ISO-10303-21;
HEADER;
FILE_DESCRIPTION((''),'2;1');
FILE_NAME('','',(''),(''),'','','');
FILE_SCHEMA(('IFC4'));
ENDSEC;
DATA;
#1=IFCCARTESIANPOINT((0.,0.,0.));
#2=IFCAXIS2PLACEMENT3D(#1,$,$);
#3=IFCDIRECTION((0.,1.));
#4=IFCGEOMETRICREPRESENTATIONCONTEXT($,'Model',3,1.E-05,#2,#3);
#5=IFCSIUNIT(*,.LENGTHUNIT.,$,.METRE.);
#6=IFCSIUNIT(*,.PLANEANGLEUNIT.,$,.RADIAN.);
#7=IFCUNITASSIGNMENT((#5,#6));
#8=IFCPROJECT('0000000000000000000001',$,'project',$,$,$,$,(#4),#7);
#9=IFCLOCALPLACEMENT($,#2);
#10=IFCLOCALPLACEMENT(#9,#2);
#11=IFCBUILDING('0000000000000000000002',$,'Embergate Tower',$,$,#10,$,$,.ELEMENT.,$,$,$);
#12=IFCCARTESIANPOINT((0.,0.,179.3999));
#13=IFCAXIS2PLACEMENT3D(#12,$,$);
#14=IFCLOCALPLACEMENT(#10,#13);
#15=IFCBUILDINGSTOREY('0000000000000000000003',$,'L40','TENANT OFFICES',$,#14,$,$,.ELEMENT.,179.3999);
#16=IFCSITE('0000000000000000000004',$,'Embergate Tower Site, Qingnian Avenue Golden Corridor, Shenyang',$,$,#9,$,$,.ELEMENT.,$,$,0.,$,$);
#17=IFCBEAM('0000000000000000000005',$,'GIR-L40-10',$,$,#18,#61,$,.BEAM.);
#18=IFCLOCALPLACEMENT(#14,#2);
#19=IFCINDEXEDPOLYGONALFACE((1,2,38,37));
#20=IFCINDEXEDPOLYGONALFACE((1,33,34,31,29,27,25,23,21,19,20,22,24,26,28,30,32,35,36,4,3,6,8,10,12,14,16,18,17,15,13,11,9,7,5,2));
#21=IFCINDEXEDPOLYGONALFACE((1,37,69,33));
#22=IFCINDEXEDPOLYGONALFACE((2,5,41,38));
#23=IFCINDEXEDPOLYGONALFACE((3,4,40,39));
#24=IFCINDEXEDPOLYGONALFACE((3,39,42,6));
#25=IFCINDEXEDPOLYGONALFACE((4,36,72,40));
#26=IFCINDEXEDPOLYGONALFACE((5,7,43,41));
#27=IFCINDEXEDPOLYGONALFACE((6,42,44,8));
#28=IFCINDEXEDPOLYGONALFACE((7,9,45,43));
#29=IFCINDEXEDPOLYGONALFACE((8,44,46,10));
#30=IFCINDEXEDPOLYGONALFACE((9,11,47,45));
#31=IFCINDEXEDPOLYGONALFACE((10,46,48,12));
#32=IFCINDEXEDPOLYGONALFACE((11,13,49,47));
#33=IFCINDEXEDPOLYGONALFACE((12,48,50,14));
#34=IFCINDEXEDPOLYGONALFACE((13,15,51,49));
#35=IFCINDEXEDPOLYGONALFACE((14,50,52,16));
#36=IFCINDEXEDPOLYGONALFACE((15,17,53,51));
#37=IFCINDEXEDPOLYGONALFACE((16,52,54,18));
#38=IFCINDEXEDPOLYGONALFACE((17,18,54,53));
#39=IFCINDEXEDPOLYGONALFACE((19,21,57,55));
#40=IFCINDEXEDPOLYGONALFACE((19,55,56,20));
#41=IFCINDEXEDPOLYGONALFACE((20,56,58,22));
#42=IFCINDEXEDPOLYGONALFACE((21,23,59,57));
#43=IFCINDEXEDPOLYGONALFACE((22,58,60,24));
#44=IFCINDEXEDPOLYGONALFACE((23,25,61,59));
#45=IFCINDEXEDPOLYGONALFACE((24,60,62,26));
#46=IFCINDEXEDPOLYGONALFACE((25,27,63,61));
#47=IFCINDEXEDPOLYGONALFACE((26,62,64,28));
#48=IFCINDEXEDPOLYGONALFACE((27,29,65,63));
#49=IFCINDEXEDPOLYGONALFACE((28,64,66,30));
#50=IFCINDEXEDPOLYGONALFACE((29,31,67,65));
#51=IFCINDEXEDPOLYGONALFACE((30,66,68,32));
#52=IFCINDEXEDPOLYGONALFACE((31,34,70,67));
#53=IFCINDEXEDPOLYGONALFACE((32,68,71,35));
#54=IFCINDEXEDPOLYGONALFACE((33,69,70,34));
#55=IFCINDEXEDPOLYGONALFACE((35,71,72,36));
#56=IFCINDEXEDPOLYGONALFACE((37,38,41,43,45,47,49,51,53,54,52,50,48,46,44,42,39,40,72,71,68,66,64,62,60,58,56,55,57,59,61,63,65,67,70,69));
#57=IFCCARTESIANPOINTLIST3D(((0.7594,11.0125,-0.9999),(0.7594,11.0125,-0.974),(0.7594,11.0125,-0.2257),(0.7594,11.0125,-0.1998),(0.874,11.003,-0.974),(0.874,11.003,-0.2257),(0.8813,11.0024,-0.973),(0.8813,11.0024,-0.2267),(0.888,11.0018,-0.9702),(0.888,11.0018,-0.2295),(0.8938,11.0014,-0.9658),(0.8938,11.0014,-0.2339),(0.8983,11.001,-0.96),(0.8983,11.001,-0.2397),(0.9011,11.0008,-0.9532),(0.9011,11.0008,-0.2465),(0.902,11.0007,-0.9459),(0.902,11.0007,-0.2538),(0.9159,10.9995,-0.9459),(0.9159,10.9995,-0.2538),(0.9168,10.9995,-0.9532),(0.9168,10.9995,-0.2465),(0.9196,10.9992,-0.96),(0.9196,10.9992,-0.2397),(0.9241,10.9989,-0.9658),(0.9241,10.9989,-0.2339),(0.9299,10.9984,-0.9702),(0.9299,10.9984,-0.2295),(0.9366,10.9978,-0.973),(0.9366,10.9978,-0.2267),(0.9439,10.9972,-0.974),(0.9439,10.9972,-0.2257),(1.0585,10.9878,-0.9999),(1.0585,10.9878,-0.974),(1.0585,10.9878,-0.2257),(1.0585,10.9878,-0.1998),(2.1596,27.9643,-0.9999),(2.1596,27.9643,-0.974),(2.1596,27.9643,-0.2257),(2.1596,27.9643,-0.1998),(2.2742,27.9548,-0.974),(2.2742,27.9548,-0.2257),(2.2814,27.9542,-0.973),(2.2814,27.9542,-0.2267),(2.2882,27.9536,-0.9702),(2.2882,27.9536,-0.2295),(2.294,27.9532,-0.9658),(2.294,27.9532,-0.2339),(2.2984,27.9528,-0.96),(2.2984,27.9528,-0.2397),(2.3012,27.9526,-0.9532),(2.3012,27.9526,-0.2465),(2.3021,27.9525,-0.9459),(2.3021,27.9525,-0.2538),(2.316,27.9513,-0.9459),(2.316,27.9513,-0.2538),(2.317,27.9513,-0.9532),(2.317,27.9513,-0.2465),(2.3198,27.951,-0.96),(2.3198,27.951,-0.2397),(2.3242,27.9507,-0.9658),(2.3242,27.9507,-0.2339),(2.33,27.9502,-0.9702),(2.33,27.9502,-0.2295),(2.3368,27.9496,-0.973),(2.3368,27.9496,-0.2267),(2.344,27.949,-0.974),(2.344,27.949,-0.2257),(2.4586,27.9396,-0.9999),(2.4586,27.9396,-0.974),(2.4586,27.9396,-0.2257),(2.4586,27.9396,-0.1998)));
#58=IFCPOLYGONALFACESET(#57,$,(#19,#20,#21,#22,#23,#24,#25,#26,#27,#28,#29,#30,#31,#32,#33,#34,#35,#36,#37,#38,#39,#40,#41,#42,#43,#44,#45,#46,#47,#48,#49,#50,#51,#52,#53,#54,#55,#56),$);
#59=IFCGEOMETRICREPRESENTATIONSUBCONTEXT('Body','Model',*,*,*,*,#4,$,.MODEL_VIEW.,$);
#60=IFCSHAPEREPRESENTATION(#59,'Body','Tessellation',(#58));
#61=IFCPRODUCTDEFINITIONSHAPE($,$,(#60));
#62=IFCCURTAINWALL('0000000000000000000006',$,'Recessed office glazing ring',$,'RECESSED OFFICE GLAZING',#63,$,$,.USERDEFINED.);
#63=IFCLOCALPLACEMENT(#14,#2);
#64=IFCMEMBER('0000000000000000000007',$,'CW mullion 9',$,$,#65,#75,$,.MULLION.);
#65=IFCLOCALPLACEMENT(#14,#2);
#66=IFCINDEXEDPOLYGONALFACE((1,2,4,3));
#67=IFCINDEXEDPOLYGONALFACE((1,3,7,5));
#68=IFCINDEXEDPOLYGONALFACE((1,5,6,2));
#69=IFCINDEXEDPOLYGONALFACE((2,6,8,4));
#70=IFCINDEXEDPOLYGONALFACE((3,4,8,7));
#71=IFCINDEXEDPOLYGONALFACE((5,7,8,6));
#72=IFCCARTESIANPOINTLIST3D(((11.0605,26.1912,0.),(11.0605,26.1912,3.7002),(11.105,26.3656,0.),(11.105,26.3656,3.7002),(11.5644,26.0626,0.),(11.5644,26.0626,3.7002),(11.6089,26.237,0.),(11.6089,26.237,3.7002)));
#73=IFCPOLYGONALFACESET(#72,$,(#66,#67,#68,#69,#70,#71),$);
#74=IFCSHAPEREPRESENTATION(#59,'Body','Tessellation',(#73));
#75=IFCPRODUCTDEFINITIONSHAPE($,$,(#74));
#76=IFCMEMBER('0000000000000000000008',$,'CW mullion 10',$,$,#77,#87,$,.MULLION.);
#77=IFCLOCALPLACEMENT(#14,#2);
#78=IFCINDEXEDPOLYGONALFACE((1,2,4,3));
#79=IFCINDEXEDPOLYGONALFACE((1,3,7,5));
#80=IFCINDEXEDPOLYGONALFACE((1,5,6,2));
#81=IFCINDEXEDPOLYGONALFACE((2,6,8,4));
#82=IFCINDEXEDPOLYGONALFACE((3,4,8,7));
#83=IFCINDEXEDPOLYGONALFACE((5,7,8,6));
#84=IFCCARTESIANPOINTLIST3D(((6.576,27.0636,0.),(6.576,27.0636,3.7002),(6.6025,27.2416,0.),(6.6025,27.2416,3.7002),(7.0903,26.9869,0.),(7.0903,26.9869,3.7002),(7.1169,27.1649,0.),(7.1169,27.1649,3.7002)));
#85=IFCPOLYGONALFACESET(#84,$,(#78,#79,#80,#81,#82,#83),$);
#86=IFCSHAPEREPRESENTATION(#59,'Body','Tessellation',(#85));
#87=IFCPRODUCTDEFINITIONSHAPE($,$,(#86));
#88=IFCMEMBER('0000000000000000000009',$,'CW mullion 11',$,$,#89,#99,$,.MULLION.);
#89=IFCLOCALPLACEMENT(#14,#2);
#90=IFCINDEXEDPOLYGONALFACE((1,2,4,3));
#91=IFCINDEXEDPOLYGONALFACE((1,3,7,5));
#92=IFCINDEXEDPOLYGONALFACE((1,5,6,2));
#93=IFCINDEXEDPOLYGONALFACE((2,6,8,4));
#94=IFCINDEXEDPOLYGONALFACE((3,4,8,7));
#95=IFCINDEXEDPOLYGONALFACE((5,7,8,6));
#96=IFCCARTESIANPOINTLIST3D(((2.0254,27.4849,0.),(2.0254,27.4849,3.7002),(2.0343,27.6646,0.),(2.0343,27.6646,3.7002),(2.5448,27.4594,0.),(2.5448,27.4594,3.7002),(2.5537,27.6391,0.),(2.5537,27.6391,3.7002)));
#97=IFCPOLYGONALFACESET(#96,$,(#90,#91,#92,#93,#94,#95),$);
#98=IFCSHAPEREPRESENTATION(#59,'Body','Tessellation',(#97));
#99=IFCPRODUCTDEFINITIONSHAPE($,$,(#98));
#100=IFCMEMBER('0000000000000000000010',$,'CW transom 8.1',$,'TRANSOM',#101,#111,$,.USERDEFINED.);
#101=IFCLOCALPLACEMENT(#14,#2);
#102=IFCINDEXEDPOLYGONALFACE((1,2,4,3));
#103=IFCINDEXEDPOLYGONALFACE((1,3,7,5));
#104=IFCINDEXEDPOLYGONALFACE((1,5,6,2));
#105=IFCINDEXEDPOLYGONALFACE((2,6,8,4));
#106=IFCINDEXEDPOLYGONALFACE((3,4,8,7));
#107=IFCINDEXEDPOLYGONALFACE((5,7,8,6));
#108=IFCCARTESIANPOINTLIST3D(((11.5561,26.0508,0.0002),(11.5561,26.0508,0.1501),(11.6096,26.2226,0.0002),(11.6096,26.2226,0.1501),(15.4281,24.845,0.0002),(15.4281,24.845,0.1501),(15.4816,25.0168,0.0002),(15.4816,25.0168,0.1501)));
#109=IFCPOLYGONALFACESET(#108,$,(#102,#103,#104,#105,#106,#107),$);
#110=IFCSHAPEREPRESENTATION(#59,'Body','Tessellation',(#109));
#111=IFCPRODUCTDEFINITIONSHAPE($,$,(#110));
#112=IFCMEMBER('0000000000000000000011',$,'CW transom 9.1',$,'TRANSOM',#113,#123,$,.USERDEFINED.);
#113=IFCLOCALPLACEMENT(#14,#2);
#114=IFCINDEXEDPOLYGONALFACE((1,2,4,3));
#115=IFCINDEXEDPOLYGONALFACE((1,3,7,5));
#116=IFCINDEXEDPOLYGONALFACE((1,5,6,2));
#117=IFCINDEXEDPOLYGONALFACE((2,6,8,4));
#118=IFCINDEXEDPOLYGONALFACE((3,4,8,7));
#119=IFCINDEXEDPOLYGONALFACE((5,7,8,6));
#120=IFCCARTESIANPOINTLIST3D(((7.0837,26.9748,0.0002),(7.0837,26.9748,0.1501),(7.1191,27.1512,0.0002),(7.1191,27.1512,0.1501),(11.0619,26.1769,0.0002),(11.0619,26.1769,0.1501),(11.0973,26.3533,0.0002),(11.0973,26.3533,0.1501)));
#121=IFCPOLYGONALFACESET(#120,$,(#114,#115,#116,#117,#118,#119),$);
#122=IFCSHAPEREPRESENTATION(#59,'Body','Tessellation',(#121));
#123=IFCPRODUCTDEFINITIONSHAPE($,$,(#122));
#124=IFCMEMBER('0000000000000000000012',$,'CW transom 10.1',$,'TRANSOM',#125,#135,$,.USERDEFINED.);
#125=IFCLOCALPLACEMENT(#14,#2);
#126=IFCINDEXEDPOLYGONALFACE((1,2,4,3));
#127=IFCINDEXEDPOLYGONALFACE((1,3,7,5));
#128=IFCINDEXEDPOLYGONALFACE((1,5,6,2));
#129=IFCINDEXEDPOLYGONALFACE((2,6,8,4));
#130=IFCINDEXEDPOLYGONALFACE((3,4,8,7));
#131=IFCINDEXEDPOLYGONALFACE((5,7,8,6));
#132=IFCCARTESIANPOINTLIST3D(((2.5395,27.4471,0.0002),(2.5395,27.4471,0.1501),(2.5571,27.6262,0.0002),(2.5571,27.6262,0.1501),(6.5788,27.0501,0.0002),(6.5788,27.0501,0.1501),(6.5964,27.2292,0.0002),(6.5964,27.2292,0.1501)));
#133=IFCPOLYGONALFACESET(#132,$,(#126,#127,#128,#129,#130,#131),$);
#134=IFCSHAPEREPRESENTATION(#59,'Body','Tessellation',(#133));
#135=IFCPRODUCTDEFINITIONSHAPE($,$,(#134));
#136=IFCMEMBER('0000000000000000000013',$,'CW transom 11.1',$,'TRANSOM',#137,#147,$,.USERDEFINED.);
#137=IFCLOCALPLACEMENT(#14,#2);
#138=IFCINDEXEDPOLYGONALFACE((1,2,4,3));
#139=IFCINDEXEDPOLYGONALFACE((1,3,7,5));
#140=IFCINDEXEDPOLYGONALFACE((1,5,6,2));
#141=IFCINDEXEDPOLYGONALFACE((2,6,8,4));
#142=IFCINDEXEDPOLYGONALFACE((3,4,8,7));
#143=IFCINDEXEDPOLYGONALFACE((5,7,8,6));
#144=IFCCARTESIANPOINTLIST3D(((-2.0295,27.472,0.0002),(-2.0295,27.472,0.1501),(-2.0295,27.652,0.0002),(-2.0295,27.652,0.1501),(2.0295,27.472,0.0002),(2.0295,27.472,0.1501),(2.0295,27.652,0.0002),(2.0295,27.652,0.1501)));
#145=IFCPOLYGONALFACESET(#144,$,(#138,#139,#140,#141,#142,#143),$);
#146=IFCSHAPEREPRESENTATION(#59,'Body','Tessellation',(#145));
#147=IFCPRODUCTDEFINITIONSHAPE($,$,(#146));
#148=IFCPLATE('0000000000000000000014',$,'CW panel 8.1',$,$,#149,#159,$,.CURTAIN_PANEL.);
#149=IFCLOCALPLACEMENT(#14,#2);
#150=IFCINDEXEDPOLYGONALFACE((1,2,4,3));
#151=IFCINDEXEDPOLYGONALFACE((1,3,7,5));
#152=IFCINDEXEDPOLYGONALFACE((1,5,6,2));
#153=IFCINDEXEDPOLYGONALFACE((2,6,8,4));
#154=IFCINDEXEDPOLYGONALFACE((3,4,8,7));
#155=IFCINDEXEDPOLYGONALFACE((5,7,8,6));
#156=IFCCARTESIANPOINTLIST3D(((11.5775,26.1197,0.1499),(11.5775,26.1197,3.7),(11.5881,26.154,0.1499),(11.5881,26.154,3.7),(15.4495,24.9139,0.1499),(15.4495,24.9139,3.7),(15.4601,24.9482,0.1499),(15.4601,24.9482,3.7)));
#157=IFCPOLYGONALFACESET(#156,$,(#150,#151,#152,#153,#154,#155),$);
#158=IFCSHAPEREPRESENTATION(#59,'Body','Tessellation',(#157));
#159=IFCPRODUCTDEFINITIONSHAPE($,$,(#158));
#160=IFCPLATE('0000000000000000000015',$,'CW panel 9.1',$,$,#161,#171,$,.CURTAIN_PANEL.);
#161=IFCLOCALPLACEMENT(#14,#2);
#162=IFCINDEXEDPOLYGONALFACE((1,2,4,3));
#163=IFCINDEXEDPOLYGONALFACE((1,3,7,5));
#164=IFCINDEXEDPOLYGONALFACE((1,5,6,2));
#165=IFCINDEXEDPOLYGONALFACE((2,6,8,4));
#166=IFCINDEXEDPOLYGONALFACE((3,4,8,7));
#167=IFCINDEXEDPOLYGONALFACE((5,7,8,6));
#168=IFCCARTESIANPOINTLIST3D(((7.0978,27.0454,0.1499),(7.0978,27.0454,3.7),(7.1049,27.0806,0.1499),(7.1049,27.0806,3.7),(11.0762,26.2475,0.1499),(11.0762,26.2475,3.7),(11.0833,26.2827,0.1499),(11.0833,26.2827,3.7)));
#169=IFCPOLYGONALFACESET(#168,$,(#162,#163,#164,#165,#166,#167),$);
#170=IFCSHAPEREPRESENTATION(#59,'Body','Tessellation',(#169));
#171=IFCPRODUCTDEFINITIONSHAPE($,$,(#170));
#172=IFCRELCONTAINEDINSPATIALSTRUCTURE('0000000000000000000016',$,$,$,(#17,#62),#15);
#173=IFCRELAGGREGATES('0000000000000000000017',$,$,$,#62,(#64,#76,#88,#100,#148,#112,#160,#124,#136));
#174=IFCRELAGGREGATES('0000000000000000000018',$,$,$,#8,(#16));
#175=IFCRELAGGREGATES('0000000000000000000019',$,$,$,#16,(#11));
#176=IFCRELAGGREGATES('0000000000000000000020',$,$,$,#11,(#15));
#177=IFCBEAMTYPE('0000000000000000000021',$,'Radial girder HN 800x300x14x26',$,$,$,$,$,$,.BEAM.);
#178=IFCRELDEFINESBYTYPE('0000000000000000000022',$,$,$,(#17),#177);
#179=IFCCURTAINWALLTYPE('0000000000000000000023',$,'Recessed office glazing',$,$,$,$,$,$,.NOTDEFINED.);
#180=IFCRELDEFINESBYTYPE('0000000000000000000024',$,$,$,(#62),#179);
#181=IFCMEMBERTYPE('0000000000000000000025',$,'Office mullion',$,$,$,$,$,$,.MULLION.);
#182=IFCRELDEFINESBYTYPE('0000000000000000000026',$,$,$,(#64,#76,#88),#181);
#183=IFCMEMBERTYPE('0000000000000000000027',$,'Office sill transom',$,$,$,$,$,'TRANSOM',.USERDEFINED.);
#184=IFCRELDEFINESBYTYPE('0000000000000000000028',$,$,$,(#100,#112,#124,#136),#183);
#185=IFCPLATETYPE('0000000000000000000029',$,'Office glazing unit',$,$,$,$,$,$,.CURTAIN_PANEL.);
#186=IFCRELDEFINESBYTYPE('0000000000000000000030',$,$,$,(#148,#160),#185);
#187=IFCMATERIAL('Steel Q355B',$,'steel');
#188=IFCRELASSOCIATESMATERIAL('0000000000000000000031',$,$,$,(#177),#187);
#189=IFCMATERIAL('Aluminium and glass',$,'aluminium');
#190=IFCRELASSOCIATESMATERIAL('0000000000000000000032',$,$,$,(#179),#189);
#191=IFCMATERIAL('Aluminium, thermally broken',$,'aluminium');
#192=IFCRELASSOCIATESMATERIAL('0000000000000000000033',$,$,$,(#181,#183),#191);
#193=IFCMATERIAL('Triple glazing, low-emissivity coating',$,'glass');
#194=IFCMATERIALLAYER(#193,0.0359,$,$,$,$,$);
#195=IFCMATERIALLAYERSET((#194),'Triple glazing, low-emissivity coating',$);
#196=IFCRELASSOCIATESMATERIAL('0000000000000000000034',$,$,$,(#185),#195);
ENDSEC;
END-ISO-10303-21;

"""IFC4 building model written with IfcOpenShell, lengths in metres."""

from ifc_helpers import new_model, si_unit, direction, frame, origin, origin_2d, place, context, subcontext, project, spatial, rectangle, i_section, extrude, source, transform, mapped, material, layer, layer_set, material_profile, profile_set, type_object, element, aggregate, save


model = new_model("IFC4")

# Units and contexts
model_context = context("Model", 3, precision=1e-05, world=origin(), true_north=direction((0.0, 1.0)))
body_context = subcontext(model_context, "Body", "Model", "MODEL_VIEW")
ifc_project = project(units=[si_unit("LENGTHUNIT", "METRE"), si_unit("PLANEANGLEUNIT", "RADIAN")], contexts=[model_context])

# Site, building, storey
site_placement = place(None, origin())
site = spatial("IfcSite", under=ifc_project, at=site_placement, Name="Embergate Tower Site, Qingnian Avenue Golden Corridor, Shenyang", CompositionType="ELEMENT", RefElevation=0.0)
building_placement = place(site_placement, origin())
building = spatial("IfcBuilding", under=site, at=building_placement, Name="Embergate Tower", CompositionType="ELEMENT")
storey_placement = place(building_placement, frame((0.0, 0.0, 179.3999)))
storey = spatial("IfcBuildingStorey", under=building, at=storey_placement, Name="L40", Description="TENANT OFFICES", CompositionType="ELEMENT", Elevation=179.3999)

# Beam
ifc_material_1 = material(Name="Steel Q355B", Category="steel")
ifc_material_profile_1 = material_profile(ifc_material_1, i_section(OverallWidth=0.3, OverallDepth=0.8, WebThickness=0.0139, FlangeThickness=0.0259, FilletRadius=0.0281, at=origin_2d()), Name="HN 800x300x14x26")
ifc_profile_set_1 = profile_set([ifc_material_profile_1], Name="Steel Q355 grade B")
beam_type_1 = type_object("IfcBeamType", Name="Radial girder HN 800x300x14x26", PredefinedType="BEAM", material=ifc_profile_set_1)
shared_shape_1 = source(origin(), body_context, "Body", "SweptSolid", [
    extrude(i_section(OverallWidth=0.3, OverallDepth=0.8, WebThickness=0.0139, FlangeThickness=0.0259, FilletRadius=0.0281, at=origin_2d()), origin(), (0.0, 0.0, 1.0), 17.0095),
])
beam_1_placement = place(storey_placement, frame((2.3091, 27.9519, -0.5999), z_axis=(-0.082315, -0.996606, 0.0), x_axis=(0.996606, -0.082315, 0.0)))
element("IfcBeam", 1, at=beam_1_placement, inside=storey, type_object=beam_type_1, Name="GIR-L40-10", PredefinedType="BEAM", context=body_context, shape_type="MappedRepresentation", body=[
    mapped(shared_shape_1, transform((0.0, 0.0, 0.0))),
])

# Curtain wall, members, plates
ifc_material_2 = material(Name="Aluminium and glass", Category="aluminium")
curtain_wall_type = type_object("IfcCurtainWallType", Name="Recessed office glazing", PredefinedType="NOTDEFINED", material=ifc_material_2)
curtain_wall_placement = place(storey_placement, origin())
curtain_wall = element("IfcCurtainWall", 2, at=curtain_wall_placement, inside=storey, type_object=curtain_wall_type, Name="Recessed office glazing ring", ObjectType="RECESSED OFFICE GLAZING", PredefinedType="USERDEFINED")
ifc_material_3 = material(Name="Aluminium, thermally broken", Category="aluminium")
ifc_material_profile_2 = material_profile(ifc_material_3, rectangle(XDim=0.1799, YDim=0.52, at=origin_2d()), Name="AL 520x180")
ifc_profile_set_2 = profile_set([ifc_material_profile_2], Name="Aluminium, thermally broken")
member_type_1 = type_object("IfcMemberType", Name="Office mullion", PredefinedType="MULLION", material=ifc_profile_set_2)
shared_shape_2 = source(origin(), body_context, "Body", "SweptSolid", [
    extrude(rectangle(XDim=0.1799, YDim=0.52, at=origin_2d()), origin(), (0.0, 0.0, 1.0), 3.7002),
])
member_1_placement = place(storey_placement, frame((11.3347, 26.2141, 0.0), z_axis=(0.0, 0.0, 1.0), x_axis=(-0.247308, -0.968937, 0.0)))
member_1 = element("IfcMember", 3, at=member_1_placement, type_object=member_type_1, Name="CW mullion 9", PredefinedType="MULLION", context=body_context, shape_type="MappedRepresentation", body=[
    mapped(shared_shape_2, transform((0.0, 0.0, 0.0))),
])
member_2_placement = place(storey_placement, frame((6.8464, 27.1143, 0.0), z_axis=(0.0, 0.0, 1.0), x_axis=(-0.147409, -0.989076, 0.0)))
member_2 = element("IfcMember", 4, at=member_2_placement, type_object=member_type_1, Name="CW mullion 10", PredefinedType="MULLION", context=body_context, shape_type="MappedRepresentation", body=[
    mapped(shared_shape_2, transform((0.0, 0.0, 0.0))),
])
member_3_placement = place(storey_placement, frame((2.2896, 27.562, 0.0), z_axis=(0.0, 0.0, 1.0), x_axis=(-0.04897, -0.9988, 0.0)))
member_3 = element("IfcMember", 5, at=member_3_placement, type_object=member_type_1, Name="CW mullion 11", PredefinedType="MULLION", context=body_context, shape_type="MappedRepresentation", body=[
    mapped(shared_shape_2, transform((0.0, 0.0, 0.0))),
])
ifc_material_profile_3 = material_profile(ifc_material_3, rectangle(XDim=0.1799, YDim=0.1499, at=origin_2d()), Name="AL 150x180")
ifc_profile_set_3 = profile_set([ifc_material_profile_3], Name="Aluminium, thermally broken")
member_type_2 = type_object("IfcMemberType", Name="Office sill transom", ElementType="TRANSOM", PredefinedType="USERDEFINED", material=ifc_profile_set_3)
shared_shape_3 = source(origin(), body_context, "Body", "SweptSolid", [
    extrude(rectangle(XDim=0.1799, YDim=0.1499, at=origin_2d()), origin(), (0.0, 0.0, 1.0), 4.0554),
])
member_4_placement = place(storey_placement, frame((15.4548, 24.9309, 0.0752), z_axis=(-0.954775, 0.297329, 0.0), x_axis=(-0.297329, -0.954775, 0.0)))
member_4 = element("IfcMember", 6, at=member_4_placement, type_object=member_type_2, Name="CW transom 8.1", ObjectType="TRANSOM", PredefinedType="USERDEFINED", context=body_context, shape_type="MappedRepresentation", body=[
    mapped(shared_shape_3, transform((0.0, 0.0, 0.0))),
])
shared_shape_4 = source(origin(), body_context, "Body", "SweptSolid", [
    extrude(rectangle(XDim=0.1799, YDim=0.1499, at=origin_2d()), origin(), (0.0, 0.0, 1.0), 4.0574),
])
member_5_placement = place(storey_placement, frame((11.0796, 26.2651, 0.0752), z_axis=(-0.980476, 0.196637, 0.0), x_axis=(-0.196637, -0.980476, 0.0)))
member_5 = element("IfcMember", 7, at=member_5_placement, type_object=member_type_2, Name="CW transom 9.1", ObjectType="TRANSOM", PredefinedType="USERDEFINED", context=body_context, shape_type="MappedRepresentation", body=[
    mapped(shared_shape_4, transform((0.0, 0.0, 0.0))),
])
shared_shape_5 = source(origin(), body_context, "Body", "SweptSolid", [
    extrude(rectangle(XDim=0.1799, YDim=0.1499, at=origin_2d()), origin(), (0.0, 0.0, 1.0), 4.0588),
])
member_6_placement = place(storey_placement, frame((6.5876, 27.1396, 0.0752), z_axis=(-0.995205, 0.097806, 0.0), x_axis=(-0.097806, -0.995205, 0.0)))
member_6 = element("IfcMember", 8, at=member_6_placement, type_object=member_type_2, Name="CW transom 10.1", ObjectType="TRANSOM", PredefinedType="USERDEFINED", context=body_context, shape_type="MappedRepresentation", body=[
    mapped(shared_shape_5, transform((0.0, 0.0, 0.0))),
])
shared_shape_6 = source(origin(), body_context, "Body", "SweptSolid", [
    extrude(rectangle(XDim=0.1799, YDim=0.1499, at=origin_2d()), origin(), (0.0, 0.0, 1.0), 4.0591),
])
member_7_placement = place(storey_placement, frame((2.0295, 27.562, 0.0752), z_axis=(-1.0, 0.0, 0.0), x_axis=(0.0, -1.0, 0.0)))
member_7 = element("IfcMember", 9, at=member_7_placement, type_object=member_type_2, Name="CW transom 11.1", ObjectType="TRANSOM", PredefinedType="USERDEFINED", context=body_context, shape_type="MappedRepresentation", body=[
    mapped(shared_shape_6, transform((0.0, 0.0, 0.0))),
])
ifc_material_4 = material(Name="Triple glazing, low-emissivity coating", Category="glass")
ifc_layer_1 = layer(ifc_material_4, 0.0359)
ifc_layer_set_1 = layer_set([ifc_layer_1], Name="Triple glazing, low-emissivity coating")
plate_type = type_object("IfcPlateType", Name="Office glazing unit", PredefinedType="CURTAIN_PANEL", material=ifc_layer_set_1)
shared_shape_7 = source(origin(), body_context, "Body", "SweptSolid", [
    extrude(rectangle(XDim=4.0554, YDim=0.0359, at=origin_2d()), origin(), (0.0, 0.0, 1.0), 3.55),
])
plate_1_placement = place(storey_placement, frame((13.5188, 25.5339, 0.1499), z_axis=(0.0, 0.0, 1.0), x_axis=(-0.954773, 0.297335, 0.0)))
plate_1 = element("IfcPlate", 10, at=plate_1_placement, type_object=plate_type, Name="CW panel 8.1", PredefinedType="CURTAIN_PANEL", context=body_context, shape_type="MappedRepresentation", body=[
    mapped(shared_shape_7, transform((0.0, 0.0, 0.0))),
])
shared_shape_8 = source(origin(), body_context, "Body", "SweptSolid", [
    extrude(rectangle(XDim=4.0576, YDim=0.0359, at=origin_2d()), origin(), (0.0, 0.0, 1.0), 3.55),
])
plate_2_placement = place(storey_placement, frame((9.0906, 26.6641, 0.1499), z_axis=(0.0, 0.0, 1.0), x_axis=(-0.980476, 0.196638, 0.0)))
plate_2 = element("IfcPlate", 11, at=plate_2_placement, type_object=plate_type, Name="CW panel 9.1", PredefinedType="CURTAIN_PANEL", context=body_context, shape_type="MappedRepresentation", body=[
    mapped(shared_shape_8, transform((0.0, 0.0, 0.0))),
])
aggregate(curtain_wall, [member_1, member_2, member_3, member_4, plate_1, member_5, plate_2, member_6, member_7])

save(model, "model.ifc")
